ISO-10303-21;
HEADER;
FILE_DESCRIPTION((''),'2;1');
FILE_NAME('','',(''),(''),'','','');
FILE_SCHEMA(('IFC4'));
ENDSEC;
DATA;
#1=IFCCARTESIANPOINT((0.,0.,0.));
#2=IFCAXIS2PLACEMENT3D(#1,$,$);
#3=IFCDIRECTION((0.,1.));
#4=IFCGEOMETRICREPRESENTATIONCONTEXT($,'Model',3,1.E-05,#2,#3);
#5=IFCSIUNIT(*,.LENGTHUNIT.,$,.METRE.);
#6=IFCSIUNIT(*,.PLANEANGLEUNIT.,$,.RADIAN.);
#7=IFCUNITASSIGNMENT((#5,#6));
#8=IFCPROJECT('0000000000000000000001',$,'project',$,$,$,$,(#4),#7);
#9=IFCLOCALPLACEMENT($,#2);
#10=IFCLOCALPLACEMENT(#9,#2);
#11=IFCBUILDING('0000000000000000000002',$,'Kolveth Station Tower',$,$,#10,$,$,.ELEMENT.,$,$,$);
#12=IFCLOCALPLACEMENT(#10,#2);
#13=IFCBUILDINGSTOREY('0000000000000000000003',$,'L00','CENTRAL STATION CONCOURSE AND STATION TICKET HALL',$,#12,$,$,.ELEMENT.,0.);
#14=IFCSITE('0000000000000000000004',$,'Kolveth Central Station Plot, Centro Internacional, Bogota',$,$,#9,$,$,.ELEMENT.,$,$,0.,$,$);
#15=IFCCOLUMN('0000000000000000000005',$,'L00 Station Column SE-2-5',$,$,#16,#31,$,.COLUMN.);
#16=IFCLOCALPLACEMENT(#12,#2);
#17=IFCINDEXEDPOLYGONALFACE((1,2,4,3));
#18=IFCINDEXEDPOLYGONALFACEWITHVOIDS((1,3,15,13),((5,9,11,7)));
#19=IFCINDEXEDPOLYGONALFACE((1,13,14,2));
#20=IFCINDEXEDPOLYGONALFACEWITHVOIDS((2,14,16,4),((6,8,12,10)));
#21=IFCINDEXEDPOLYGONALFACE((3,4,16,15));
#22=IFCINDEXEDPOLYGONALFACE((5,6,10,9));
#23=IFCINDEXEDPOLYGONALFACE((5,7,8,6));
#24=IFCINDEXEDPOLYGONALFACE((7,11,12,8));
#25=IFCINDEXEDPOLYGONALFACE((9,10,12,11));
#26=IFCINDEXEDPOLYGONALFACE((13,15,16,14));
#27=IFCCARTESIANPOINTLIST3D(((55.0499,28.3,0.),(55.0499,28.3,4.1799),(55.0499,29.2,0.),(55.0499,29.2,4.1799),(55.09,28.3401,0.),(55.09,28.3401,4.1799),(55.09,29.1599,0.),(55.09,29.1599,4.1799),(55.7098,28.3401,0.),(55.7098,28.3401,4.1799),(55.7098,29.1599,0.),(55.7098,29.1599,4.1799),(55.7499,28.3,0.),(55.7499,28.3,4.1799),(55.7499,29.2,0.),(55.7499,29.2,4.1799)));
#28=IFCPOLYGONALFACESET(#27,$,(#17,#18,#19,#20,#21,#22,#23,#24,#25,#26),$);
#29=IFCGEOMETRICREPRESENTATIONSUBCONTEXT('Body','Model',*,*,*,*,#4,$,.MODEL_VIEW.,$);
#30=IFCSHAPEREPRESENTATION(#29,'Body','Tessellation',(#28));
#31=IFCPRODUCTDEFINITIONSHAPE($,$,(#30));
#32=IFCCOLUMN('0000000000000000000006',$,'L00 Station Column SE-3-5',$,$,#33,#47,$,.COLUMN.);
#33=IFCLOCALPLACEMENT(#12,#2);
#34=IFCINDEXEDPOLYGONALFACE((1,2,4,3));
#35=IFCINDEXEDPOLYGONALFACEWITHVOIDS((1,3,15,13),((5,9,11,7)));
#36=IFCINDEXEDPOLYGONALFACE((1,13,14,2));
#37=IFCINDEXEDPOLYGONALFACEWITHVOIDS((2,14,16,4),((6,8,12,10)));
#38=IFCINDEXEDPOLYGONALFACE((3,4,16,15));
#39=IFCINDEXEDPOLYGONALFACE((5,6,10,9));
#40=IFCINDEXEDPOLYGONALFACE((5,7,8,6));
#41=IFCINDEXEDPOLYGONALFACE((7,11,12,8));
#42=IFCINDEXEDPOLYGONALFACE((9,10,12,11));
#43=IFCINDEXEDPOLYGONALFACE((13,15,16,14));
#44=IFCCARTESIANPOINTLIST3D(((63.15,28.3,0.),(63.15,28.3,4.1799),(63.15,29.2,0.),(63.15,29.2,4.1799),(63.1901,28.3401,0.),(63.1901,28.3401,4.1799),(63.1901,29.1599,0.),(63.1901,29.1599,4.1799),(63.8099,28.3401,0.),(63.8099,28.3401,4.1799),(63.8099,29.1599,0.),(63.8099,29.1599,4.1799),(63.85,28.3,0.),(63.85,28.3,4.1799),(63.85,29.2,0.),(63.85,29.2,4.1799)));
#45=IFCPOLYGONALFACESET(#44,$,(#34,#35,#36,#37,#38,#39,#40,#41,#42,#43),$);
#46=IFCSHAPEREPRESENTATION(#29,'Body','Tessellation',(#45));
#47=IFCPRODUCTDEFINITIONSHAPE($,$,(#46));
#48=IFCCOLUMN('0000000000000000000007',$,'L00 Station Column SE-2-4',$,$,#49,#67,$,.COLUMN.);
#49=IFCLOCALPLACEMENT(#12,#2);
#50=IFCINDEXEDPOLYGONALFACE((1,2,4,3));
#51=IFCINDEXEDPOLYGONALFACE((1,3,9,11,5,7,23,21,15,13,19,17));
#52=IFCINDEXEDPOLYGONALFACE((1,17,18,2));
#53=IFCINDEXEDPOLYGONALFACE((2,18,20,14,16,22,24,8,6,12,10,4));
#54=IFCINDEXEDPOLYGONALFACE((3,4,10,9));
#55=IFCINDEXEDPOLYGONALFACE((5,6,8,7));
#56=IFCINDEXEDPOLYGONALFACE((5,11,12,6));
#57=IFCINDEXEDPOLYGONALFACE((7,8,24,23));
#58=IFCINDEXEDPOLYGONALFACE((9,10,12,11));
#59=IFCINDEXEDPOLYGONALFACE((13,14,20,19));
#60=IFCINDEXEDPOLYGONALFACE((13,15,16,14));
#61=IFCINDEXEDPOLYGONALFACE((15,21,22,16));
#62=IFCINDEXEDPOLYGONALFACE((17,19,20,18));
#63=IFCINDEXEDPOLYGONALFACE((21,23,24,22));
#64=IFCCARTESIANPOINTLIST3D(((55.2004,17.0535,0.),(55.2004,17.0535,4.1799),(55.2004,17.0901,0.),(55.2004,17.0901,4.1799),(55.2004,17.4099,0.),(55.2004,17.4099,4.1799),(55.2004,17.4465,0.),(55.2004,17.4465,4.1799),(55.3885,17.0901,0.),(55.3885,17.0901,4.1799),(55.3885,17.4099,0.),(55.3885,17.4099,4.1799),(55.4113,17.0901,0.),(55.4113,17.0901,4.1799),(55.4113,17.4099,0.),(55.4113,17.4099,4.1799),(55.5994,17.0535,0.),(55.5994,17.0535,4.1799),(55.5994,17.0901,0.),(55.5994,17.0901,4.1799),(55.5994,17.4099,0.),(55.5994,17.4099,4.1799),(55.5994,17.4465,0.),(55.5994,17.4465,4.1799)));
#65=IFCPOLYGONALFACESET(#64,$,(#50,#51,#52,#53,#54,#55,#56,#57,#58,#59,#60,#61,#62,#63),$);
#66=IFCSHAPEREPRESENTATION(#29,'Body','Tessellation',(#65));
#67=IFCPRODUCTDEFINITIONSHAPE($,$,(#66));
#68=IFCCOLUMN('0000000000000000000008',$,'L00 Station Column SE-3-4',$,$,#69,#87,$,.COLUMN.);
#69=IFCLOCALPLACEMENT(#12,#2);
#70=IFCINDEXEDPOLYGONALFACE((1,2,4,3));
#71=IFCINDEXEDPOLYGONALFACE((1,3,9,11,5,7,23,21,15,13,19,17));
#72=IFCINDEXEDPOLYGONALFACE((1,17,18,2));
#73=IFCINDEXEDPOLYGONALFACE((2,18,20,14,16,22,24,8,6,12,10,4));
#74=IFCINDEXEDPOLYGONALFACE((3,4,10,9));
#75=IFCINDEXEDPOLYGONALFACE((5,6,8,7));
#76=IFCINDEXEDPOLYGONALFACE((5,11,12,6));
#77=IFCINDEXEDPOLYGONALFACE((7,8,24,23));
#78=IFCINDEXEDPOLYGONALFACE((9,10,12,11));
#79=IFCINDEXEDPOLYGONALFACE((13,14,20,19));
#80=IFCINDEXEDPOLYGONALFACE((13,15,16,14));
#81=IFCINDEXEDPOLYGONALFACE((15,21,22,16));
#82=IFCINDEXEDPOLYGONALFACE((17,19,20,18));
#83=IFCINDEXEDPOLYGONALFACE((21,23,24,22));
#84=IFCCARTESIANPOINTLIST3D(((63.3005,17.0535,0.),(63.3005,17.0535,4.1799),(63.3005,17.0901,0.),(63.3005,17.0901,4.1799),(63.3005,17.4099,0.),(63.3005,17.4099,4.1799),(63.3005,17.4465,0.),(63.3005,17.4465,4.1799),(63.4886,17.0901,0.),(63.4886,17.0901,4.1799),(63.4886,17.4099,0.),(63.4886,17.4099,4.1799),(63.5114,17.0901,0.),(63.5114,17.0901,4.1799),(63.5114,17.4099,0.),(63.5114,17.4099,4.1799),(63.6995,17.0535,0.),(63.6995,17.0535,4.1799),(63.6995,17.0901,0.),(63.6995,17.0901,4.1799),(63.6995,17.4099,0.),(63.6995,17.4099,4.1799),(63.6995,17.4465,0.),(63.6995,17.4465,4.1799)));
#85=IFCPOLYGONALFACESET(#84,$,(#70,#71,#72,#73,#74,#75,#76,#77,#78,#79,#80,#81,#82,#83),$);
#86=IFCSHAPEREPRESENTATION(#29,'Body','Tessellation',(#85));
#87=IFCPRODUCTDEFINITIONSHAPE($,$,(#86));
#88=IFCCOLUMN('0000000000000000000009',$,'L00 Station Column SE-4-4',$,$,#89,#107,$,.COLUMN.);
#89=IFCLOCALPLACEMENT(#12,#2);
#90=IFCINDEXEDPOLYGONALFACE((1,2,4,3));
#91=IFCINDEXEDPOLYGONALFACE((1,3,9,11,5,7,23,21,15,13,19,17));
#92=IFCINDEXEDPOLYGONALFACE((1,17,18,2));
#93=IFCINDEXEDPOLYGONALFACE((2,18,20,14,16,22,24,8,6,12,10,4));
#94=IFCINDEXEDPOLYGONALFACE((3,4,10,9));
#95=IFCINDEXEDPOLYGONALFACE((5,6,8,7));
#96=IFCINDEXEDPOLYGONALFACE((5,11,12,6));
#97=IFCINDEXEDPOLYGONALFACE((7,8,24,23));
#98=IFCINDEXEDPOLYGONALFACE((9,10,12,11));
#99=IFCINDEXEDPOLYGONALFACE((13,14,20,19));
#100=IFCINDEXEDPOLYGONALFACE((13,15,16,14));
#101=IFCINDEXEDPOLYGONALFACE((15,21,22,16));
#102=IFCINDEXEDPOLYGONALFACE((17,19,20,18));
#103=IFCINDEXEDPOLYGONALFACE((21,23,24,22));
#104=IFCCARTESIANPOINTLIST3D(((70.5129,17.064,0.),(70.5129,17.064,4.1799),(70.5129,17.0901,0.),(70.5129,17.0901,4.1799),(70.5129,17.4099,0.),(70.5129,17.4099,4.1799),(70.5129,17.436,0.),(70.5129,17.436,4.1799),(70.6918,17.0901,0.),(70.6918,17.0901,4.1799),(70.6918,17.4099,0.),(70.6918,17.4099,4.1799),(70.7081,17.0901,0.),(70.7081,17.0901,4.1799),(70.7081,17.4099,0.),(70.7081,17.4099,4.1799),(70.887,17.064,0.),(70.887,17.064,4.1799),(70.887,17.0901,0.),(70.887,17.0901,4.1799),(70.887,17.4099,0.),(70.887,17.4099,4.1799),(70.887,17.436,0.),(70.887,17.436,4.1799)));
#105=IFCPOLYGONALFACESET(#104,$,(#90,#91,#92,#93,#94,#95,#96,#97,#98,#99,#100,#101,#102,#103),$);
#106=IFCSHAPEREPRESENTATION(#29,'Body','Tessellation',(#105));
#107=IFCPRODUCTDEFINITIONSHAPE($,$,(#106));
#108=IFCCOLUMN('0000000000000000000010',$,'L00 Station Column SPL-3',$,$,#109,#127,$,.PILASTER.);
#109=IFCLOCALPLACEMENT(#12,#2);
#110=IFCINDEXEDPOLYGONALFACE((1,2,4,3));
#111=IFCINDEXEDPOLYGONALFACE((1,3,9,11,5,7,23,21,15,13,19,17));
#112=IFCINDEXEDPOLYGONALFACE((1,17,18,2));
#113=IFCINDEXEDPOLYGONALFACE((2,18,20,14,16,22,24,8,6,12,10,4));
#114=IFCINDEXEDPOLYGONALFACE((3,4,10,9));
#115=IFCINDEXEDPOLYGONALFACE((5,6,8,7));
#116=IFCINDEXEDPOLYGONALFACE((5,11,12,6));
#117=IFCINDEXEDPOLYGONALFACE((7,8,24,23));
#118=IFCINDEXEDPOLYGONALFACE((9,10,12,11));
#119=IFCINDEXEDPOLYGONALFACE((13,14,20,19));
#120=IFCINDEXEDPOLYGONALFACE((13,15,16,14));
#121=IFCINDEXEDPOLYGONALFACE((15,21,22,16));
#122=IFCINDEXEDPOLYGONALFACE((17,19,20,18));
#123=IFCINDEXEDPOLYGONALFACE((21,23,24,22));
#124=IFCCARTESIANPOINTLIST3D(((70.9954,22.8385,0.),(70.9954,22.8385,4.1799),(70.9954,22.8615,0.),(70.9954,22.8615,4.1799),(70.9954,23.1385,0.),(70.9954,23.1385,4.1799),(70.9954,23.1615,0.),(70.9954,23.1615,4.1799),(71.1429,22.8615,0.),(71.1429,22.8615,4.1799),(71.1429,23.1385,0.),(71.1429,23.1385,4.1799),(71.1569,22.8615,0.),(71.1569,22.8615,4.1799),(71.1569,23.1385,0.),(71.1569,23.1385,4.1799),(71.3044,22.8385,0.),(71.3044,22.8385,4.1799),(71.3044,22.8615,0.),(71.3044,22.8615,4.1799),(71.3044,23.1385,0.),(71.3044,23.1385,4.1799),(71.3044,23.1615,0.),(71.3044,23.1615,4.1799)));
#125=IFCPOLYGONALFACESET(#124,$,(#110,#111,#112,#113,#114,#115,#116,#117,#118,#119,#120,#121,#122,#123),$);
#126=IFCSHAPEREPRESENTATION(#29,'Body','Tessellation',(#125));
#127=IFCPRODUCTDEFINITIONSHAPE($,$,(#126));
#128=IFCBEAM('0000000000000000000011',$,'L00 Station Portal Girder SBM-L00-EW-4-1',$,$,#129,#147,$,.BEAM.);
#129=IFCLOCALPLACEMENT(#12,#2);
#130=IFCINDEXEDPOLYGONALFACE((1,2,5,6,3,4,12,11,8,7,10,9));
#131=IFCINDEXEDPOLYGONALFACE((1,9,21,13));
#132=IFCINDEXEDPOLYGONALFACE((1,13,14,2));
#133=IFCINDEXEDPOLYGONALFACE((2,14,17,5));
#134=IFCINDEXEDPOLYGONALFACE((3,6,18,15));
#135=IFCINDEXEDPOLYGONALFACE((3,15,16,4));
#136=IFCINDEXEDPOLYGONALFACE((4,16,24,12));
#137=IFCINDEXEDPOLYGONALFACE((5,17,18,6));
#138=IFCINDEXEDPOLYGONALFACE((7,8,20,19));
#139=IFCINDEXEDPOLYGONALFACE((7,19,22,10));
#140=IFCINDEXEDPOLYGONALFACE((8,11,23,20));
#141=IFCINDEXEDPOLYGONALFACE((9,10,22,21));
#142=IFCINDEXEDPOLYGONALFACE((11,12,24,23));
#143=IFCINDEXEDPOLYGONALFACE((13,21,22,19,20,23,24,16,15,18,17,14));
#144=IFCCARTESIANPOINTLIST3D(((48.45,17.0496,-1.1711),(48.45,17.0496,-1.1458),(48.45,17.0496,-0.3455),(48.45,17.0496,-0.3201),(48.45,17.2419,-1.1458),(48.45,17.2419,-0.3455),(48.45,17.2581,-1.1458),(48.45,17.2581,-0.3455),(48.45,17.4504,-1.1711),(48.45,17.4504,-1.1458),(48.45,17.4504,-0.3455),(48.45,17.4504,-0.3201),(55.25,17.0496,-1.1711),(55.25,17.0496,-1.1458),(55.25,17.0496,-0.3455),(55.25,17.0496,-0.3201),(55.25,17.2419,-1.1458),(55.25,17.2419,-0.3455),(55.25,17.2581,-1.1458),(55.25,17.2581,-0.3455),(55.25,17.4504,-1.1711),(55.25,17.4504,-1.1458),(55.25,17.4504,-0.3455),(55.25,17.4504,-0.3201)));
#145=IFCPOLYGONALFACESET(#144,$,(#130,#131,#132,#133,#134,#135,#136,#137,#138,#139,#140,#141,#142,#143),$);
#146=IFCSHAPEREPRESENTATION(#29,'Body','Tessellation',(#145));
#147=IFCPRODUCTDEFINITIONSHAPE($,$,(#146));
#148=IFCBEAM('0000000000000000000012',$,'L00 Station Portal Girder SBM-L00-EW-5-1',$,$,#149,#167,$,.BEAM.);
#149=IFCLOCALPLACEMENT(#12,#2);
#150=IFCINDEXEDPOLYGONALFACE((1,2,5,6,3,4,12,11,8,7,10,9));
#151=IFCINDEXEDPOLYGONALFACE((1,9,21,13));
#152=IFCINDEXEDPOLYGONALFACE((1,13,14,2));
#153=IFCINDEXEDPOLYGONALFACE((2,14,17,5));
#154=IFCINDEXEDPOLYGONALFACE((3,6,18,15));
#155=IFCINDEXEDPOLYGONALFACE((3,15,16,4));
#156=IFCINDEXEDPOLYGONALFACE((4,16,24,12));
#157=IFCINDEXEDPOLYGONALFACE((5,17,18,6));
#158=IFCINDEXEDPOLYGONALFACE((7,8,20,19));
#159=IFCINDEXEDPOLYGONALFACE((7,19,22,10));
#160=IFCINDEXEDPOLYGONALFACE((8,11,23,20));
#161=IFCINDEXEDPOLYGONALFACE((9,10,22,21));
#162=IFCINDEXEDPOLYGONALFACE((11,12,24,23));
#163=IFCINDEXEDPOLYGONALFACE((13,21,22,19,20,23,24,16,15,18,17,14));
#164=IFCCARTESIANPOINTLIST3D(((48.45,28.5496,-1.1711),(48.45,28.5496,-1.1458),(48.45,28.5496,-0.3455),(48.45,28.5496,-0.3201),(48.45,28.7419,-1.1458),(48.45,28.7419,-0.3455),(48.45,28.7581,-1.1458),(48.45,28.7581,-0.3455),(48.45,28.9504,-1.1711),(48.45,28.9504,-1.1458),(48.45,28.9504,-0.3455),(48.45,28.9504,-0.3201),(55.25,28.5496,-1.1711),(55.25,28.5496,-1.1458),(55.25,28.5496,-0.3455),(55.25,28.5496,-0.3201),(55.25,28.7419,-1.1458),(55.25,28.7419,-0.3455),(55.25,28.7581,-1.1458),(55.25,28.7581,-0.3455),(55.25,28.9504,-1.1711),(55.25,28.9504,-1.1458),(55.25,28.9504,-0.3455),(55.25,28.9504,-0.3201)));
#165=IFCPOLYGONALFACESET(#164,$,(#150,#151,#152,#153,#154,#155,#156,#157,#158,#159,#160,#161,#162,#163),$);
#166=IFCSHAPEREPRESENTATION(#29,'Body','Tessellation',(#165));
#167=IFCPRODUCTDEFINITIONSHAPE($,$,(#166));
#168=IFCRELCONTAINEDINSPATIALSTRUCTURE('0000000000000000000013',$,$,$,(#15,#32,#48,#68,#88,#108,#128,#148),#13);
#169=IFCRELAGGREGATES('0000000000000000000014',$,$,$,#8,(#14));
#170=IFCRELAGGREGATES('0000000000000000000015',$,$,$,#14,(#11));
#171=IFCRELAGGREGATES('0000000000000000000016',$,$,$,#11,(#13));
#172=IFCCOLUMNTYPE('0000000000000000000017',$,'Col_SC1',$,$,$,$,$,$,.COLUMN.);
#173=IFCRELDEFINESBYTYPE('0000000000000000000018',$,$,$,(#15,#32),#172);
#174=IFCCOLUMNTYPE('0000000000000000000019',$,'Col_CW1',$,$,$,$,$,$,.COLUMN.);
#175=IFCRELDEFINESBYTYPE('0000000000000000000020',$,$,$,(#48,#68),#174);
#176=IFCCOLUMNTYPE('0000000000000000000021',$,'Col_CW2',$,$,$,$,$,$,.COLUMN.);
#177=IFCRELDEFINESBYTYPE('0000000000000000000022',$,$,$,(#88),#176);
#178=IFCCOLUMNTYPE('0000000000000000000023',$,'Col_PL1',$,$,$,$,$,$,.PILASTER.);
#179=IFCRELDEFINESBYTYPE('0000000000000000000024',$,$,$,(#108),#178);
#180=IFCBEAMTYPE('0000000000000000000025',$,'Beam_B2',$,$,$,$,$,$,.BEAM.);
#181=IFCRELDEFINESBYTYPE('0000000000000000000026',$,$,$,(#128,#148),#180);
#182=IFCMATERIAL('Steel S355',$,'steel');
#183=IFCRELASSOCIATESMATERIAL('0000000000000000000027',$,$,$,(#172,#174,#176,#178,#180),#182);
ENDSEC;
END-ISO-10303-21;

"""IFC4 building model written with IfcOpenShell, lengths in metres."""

from ifc_helpers import new_model, si_unit, direction, frame, origin, origin_2d, place, context, subcontext, project, spatial, hollow_rectangle, i_section, extrude, source, transform, mapped, material, material_profile, profile_set, type_object, element, save


model = new_model("IFC4")

# Units and contexts
model_context = context("Model", 3, precision=1e-05, world=origin(), true_north=direction((0.0, 1.0)))
body_context = subcontext(model_context, "Body", "Model", "MODEL_VIEW")
ifc_project = project(units=[si_unit("LENGTHUNIT", "METRE"), si_unit("PLANEANGLEUNIT", "RADIAN")], contexts=[model_context])

# Site, building, storey
site_placement = place(None, origin())
site = spatial("IfcSite", under=ifc_project, at=site_placement, Name="Kolveth Central Station Plot, Centro Internacional, Bogota", CompositionType="ELEMENT", RefElevation=0.0)
building_placement = place(site_placement, origin())
building = spatial("IfcBuilding", under=site, at=building_placement, Name="Kolveth Station Tower", CompositionType="ELEMENT")
storey_placement = place(building_placement, origin())
storey = spatial("IfcBuildingStorey", under=building, at=storey_placement, Name="L00", Description="CENTRAL STATION CONCOURSE AND STATION TICKET HALL", CompositionType="ELEMENT", Elevation=0.0)

# Columns
ifc_material_1 = material(Name="Steel S355", Category="steel")
ifc_material_profile_1 = material_profile(ifc_material_1, hollow_rectangle(XDim=0.7, YDim=0.8999, WallThickness=0.04, at=origin_2d()), Name="BOX900x700x40")
ifc_profile_set_1 = profile_set([ifc_material_profile_1], Name="Steel S355")
column_type_1 = type_object("IfcColumnType", Name="Col_SC1", PredefinedType="COLUMN", material=ifc_profile_set_1)
shared_shape_1 = source(origin(), body_context, "Body", "SweptSolid", [
    extrude(hollow_rectangle(XDim=0.7, YDim=0.8999, WallThickness=0.04, at=origin_2d()), origin(), (0.0, 0.0, 1.0), 4.1799),
])
for number, where, z_axis, x_axis, name in (
    (1, (55.3999, 28.75, 0.0), (0.0, 0.0, 1.0), (1.0, 0.0, 0.0), "L00 Station Column SE-2-5"),
    (2, (63.5, 28.75, 0.0), (0.0, 0.0, 1.0), (1.0, 0.0, 0.0), "L00 Station Column SE-3-5"),
):
    element("IfcColumn", number, at=place(storey_placement, frame(where, z_axis=z_axis, x_axis=x_axis)), inside=storey, type_object=column_type_1, Name=name, PredefinedType="COLUMN", context=body_context, shape_type="MappedRepresentation", body=[
        mapped(shared_shape_1, transform((0.0, 0.0, 0.0), x_axis=(1.0, 0.0, 0.0), y_axis=(0.0, 1.0, 0.0), z_axis=(0.0, 0.0, 1.0), scale=1.0)),
    ])
ifc_material_profile_2 = material_profile(ifc_material_1, i_section(OverallWidth=0.3989, OverallDepth=0.3931, WebThickness=0.0227, FlangeThickness=0.0366, at=origin_2d()), Name="W360x287")
ifc_profile_set_2 = profile_set([ifc_material_profile_2], Name="Steel S355")
column_type_2 = type_object("IfcColumnType", Name="Col_CW1", PredefinedType="COLUMN", material=ifc_profile_set_2)
shared_shape_2 = source(origin(), body_context, "Body", "SweptSolid", [
    extrude(i_section(OverallWidth=0.3989, OverallDepth=0.3931, WebThickness=0.0227, FlangeThickness=0.0366, at=origin_2d()), origin(), (0.0, 0.0, 1.0), 4.1799),
])
for number, where, z_axis, x_axis, name in (
    (3, (55.3999, 17.25, 0.0), (0.0, 0.0, 1.0), (1.0, 0.0, 0.0), "L00 Station Column SE-2-4"),
    (4, (63.5, 17.25, 0.0), (0.0, 0.0, 1.0), (1.0, 0.0, 0.0), "L00 Station Column SE-3-4"),
):
    element("IfcColumn", number, at=place(storey_placement, frame(where, z_axis=z_axis, x_axis=x_axis)), inside=storey, type_object=column_type_2, Name=name, PredefinedType="COLUMN", context=body_context, shape_type="MappedRepresentation", body=[
        mapped(shared_shape_2, transform((0.0, 0.0, 0.0), x_axis=(1.0, 0.0, 0.0), y_axis=(0.0, 1.0, 0.0), z_axis=(0.0, 0.0, 1.0), scale=1.0)),
    ])
ifc_material_profile_3 = material_profile(ifc_material_1, i_section(OverallWidth=0.374, OverallDepth=0.3721, WebThickness=0.0164, FlangeThickness=0.0261, at=origin_2d()), Name="W360x196")
ifc_profile_set_3 = profile_set([ifc_material_profile_3], Name="Steel S355")
column_type_3 = type_object("IfcColumnType", Name="Col_CW2", PredefinedType="COLUMN", material=ifc_profile_set_3)
shared_shape_3 = source(origin(), body_context, "Body", "SweptSolid", [
    extrude(i_section(OverallWidth=0.374, OverallDepth=0.3721, WebThickness=0.0164, FlangeThickness=0.0261, at=origin_2d()), origin(), (0.0, 0.0, 1.0), 4.1799),
])
column_1_placement = place(storey_placement, frame((70.7, 17.25, 0.0), z_axis=(0.0, 0.0, 1.0), x_axis=(1.0, 0.0, 0.0)))
element("IfcColumn", 5, at=column_1_placement, inside=storey, type_object=column_type_3, Name="L00 Station Column SE-4-4", PredefinedType="COLUMN", context=body_context, shape_type="MappedRepresentation", body=[
    mapped(shared_shape_3, transform((0.0, 0.0, 0.0), x_axis=(1.0, 0.0, 0.0), y_axis=(0.0, 1.0, 0.0), z_axis=(0.0, 0.0, 1.0), scale=1.0)),
])
ifc_material_profile_4 = material_profile(ifc_material_1, i_section(OverallWidth=0.3091, OverallDepth=0.323, WebThickness=0.0139, FlangeThickness=0.0229, at=origin_2d()), Name="W310x143")
ifc_profile_set_4 = profile_set([ifc_material_profile_4], Name="Steel S355")
column_type_4 = type_object("IfcColumnType", Name="Col_PL1", PredefinedType="PILASTER", material=ifc_profile_set_4)
shared_shape_4 = source(origin(), body_context, "Body", "SweptSolid", [
    extrude(i_section(OverallWidth=0.3091, OverallDepth=0.323, WebThickness=0.0139, FlangeThickness=0.0229, at=origin_2d()), origin(), (0.0, 0.0, 1.0), 4.1799),
])
column_2_placement = place(storey_placement, frame((71.1499, 23.0, 0.0), z_axis=(0.0, 0.0, 1.0), x_axis=(1.0, 0.0, 0.0)))
element("IfcColumn", 6, at=column_2_placement, inside=storey, type_object=column_type_4, Name="L00 Station Column SPL-3", PredefinedType="PILASTER", context=body_context, shape_type="MappedRepresentation", body=[
    mapped(shared_shape_4, transform((0.0, 0.0, 0.0), x_axis=(1.0, 0.0, 0.0), y_axis=(0.0, 1.0, 0.0), z_axis=(0.0, 0.0, 1.0), scale=1.0)),
])

# Beams
ifc_material_profile_5 = material_profile(ifc_material_1, i_section(OverallWidth=0.4009, OverallDepth=0.8511, WebThickness=0.0161, FlangeThickness=0.0254, at=origin_2d()), Name="W840x226")
ifc_profile_set_5 = profile_set([ifc_material_profile_5], Name="Steel S355")
beam_type_1 = type_object("IfcBeamType", Name="Beam_B2", PredefinedType="BEAM", material=ifc_profile_set_5)
shared_shape_5 = source(origin(), body_context, "Body", "SweptSolid", [
    extrude(i_section(OverallWidth=0.4009, OverallDepth=0.8511, WebThickness=0.0161, FlangeThickness=0.0254, at=origin_2d()), origin(), (0.0, 0.0, 1.0), 6.8),
])
for number, where, z_axis, x_axis, name in (
    (7, (48.45, 17.25, -0.7456), (1.0, 0.0, 0.0), (0.0, 1.0, 0.0), "L00 Station Portal Girder SBM-L00-EW-4-1"),
    (8, (48.45, 28.75, -0.7456), (1.0, 0.0, 0.0), (0.0, 1.0, 0.0), "L00 Station Portal Girder SBM-L00-EW-5-1"),
):
    element("IfcBeam", number, at=place(storey_placement, frame(where, z_axis=z_axis, x_axis=x_axis)), inside=storey, type_object=beam_type_1, Name=name, PredefinedType="BEAM", context=body_context, shape_type="MappedRepresentation", body=[
        mapped(shared_shape_5, transform((0.0, 0.0, 0.0), x_axis=(1.0, 0.0, 0.0), y_axis=(0.0, 1.0, 0.0), z_axis=(0.0, 0.0, 1.0), scale=1.0)),
    ])

save(model, "model.ifc")
